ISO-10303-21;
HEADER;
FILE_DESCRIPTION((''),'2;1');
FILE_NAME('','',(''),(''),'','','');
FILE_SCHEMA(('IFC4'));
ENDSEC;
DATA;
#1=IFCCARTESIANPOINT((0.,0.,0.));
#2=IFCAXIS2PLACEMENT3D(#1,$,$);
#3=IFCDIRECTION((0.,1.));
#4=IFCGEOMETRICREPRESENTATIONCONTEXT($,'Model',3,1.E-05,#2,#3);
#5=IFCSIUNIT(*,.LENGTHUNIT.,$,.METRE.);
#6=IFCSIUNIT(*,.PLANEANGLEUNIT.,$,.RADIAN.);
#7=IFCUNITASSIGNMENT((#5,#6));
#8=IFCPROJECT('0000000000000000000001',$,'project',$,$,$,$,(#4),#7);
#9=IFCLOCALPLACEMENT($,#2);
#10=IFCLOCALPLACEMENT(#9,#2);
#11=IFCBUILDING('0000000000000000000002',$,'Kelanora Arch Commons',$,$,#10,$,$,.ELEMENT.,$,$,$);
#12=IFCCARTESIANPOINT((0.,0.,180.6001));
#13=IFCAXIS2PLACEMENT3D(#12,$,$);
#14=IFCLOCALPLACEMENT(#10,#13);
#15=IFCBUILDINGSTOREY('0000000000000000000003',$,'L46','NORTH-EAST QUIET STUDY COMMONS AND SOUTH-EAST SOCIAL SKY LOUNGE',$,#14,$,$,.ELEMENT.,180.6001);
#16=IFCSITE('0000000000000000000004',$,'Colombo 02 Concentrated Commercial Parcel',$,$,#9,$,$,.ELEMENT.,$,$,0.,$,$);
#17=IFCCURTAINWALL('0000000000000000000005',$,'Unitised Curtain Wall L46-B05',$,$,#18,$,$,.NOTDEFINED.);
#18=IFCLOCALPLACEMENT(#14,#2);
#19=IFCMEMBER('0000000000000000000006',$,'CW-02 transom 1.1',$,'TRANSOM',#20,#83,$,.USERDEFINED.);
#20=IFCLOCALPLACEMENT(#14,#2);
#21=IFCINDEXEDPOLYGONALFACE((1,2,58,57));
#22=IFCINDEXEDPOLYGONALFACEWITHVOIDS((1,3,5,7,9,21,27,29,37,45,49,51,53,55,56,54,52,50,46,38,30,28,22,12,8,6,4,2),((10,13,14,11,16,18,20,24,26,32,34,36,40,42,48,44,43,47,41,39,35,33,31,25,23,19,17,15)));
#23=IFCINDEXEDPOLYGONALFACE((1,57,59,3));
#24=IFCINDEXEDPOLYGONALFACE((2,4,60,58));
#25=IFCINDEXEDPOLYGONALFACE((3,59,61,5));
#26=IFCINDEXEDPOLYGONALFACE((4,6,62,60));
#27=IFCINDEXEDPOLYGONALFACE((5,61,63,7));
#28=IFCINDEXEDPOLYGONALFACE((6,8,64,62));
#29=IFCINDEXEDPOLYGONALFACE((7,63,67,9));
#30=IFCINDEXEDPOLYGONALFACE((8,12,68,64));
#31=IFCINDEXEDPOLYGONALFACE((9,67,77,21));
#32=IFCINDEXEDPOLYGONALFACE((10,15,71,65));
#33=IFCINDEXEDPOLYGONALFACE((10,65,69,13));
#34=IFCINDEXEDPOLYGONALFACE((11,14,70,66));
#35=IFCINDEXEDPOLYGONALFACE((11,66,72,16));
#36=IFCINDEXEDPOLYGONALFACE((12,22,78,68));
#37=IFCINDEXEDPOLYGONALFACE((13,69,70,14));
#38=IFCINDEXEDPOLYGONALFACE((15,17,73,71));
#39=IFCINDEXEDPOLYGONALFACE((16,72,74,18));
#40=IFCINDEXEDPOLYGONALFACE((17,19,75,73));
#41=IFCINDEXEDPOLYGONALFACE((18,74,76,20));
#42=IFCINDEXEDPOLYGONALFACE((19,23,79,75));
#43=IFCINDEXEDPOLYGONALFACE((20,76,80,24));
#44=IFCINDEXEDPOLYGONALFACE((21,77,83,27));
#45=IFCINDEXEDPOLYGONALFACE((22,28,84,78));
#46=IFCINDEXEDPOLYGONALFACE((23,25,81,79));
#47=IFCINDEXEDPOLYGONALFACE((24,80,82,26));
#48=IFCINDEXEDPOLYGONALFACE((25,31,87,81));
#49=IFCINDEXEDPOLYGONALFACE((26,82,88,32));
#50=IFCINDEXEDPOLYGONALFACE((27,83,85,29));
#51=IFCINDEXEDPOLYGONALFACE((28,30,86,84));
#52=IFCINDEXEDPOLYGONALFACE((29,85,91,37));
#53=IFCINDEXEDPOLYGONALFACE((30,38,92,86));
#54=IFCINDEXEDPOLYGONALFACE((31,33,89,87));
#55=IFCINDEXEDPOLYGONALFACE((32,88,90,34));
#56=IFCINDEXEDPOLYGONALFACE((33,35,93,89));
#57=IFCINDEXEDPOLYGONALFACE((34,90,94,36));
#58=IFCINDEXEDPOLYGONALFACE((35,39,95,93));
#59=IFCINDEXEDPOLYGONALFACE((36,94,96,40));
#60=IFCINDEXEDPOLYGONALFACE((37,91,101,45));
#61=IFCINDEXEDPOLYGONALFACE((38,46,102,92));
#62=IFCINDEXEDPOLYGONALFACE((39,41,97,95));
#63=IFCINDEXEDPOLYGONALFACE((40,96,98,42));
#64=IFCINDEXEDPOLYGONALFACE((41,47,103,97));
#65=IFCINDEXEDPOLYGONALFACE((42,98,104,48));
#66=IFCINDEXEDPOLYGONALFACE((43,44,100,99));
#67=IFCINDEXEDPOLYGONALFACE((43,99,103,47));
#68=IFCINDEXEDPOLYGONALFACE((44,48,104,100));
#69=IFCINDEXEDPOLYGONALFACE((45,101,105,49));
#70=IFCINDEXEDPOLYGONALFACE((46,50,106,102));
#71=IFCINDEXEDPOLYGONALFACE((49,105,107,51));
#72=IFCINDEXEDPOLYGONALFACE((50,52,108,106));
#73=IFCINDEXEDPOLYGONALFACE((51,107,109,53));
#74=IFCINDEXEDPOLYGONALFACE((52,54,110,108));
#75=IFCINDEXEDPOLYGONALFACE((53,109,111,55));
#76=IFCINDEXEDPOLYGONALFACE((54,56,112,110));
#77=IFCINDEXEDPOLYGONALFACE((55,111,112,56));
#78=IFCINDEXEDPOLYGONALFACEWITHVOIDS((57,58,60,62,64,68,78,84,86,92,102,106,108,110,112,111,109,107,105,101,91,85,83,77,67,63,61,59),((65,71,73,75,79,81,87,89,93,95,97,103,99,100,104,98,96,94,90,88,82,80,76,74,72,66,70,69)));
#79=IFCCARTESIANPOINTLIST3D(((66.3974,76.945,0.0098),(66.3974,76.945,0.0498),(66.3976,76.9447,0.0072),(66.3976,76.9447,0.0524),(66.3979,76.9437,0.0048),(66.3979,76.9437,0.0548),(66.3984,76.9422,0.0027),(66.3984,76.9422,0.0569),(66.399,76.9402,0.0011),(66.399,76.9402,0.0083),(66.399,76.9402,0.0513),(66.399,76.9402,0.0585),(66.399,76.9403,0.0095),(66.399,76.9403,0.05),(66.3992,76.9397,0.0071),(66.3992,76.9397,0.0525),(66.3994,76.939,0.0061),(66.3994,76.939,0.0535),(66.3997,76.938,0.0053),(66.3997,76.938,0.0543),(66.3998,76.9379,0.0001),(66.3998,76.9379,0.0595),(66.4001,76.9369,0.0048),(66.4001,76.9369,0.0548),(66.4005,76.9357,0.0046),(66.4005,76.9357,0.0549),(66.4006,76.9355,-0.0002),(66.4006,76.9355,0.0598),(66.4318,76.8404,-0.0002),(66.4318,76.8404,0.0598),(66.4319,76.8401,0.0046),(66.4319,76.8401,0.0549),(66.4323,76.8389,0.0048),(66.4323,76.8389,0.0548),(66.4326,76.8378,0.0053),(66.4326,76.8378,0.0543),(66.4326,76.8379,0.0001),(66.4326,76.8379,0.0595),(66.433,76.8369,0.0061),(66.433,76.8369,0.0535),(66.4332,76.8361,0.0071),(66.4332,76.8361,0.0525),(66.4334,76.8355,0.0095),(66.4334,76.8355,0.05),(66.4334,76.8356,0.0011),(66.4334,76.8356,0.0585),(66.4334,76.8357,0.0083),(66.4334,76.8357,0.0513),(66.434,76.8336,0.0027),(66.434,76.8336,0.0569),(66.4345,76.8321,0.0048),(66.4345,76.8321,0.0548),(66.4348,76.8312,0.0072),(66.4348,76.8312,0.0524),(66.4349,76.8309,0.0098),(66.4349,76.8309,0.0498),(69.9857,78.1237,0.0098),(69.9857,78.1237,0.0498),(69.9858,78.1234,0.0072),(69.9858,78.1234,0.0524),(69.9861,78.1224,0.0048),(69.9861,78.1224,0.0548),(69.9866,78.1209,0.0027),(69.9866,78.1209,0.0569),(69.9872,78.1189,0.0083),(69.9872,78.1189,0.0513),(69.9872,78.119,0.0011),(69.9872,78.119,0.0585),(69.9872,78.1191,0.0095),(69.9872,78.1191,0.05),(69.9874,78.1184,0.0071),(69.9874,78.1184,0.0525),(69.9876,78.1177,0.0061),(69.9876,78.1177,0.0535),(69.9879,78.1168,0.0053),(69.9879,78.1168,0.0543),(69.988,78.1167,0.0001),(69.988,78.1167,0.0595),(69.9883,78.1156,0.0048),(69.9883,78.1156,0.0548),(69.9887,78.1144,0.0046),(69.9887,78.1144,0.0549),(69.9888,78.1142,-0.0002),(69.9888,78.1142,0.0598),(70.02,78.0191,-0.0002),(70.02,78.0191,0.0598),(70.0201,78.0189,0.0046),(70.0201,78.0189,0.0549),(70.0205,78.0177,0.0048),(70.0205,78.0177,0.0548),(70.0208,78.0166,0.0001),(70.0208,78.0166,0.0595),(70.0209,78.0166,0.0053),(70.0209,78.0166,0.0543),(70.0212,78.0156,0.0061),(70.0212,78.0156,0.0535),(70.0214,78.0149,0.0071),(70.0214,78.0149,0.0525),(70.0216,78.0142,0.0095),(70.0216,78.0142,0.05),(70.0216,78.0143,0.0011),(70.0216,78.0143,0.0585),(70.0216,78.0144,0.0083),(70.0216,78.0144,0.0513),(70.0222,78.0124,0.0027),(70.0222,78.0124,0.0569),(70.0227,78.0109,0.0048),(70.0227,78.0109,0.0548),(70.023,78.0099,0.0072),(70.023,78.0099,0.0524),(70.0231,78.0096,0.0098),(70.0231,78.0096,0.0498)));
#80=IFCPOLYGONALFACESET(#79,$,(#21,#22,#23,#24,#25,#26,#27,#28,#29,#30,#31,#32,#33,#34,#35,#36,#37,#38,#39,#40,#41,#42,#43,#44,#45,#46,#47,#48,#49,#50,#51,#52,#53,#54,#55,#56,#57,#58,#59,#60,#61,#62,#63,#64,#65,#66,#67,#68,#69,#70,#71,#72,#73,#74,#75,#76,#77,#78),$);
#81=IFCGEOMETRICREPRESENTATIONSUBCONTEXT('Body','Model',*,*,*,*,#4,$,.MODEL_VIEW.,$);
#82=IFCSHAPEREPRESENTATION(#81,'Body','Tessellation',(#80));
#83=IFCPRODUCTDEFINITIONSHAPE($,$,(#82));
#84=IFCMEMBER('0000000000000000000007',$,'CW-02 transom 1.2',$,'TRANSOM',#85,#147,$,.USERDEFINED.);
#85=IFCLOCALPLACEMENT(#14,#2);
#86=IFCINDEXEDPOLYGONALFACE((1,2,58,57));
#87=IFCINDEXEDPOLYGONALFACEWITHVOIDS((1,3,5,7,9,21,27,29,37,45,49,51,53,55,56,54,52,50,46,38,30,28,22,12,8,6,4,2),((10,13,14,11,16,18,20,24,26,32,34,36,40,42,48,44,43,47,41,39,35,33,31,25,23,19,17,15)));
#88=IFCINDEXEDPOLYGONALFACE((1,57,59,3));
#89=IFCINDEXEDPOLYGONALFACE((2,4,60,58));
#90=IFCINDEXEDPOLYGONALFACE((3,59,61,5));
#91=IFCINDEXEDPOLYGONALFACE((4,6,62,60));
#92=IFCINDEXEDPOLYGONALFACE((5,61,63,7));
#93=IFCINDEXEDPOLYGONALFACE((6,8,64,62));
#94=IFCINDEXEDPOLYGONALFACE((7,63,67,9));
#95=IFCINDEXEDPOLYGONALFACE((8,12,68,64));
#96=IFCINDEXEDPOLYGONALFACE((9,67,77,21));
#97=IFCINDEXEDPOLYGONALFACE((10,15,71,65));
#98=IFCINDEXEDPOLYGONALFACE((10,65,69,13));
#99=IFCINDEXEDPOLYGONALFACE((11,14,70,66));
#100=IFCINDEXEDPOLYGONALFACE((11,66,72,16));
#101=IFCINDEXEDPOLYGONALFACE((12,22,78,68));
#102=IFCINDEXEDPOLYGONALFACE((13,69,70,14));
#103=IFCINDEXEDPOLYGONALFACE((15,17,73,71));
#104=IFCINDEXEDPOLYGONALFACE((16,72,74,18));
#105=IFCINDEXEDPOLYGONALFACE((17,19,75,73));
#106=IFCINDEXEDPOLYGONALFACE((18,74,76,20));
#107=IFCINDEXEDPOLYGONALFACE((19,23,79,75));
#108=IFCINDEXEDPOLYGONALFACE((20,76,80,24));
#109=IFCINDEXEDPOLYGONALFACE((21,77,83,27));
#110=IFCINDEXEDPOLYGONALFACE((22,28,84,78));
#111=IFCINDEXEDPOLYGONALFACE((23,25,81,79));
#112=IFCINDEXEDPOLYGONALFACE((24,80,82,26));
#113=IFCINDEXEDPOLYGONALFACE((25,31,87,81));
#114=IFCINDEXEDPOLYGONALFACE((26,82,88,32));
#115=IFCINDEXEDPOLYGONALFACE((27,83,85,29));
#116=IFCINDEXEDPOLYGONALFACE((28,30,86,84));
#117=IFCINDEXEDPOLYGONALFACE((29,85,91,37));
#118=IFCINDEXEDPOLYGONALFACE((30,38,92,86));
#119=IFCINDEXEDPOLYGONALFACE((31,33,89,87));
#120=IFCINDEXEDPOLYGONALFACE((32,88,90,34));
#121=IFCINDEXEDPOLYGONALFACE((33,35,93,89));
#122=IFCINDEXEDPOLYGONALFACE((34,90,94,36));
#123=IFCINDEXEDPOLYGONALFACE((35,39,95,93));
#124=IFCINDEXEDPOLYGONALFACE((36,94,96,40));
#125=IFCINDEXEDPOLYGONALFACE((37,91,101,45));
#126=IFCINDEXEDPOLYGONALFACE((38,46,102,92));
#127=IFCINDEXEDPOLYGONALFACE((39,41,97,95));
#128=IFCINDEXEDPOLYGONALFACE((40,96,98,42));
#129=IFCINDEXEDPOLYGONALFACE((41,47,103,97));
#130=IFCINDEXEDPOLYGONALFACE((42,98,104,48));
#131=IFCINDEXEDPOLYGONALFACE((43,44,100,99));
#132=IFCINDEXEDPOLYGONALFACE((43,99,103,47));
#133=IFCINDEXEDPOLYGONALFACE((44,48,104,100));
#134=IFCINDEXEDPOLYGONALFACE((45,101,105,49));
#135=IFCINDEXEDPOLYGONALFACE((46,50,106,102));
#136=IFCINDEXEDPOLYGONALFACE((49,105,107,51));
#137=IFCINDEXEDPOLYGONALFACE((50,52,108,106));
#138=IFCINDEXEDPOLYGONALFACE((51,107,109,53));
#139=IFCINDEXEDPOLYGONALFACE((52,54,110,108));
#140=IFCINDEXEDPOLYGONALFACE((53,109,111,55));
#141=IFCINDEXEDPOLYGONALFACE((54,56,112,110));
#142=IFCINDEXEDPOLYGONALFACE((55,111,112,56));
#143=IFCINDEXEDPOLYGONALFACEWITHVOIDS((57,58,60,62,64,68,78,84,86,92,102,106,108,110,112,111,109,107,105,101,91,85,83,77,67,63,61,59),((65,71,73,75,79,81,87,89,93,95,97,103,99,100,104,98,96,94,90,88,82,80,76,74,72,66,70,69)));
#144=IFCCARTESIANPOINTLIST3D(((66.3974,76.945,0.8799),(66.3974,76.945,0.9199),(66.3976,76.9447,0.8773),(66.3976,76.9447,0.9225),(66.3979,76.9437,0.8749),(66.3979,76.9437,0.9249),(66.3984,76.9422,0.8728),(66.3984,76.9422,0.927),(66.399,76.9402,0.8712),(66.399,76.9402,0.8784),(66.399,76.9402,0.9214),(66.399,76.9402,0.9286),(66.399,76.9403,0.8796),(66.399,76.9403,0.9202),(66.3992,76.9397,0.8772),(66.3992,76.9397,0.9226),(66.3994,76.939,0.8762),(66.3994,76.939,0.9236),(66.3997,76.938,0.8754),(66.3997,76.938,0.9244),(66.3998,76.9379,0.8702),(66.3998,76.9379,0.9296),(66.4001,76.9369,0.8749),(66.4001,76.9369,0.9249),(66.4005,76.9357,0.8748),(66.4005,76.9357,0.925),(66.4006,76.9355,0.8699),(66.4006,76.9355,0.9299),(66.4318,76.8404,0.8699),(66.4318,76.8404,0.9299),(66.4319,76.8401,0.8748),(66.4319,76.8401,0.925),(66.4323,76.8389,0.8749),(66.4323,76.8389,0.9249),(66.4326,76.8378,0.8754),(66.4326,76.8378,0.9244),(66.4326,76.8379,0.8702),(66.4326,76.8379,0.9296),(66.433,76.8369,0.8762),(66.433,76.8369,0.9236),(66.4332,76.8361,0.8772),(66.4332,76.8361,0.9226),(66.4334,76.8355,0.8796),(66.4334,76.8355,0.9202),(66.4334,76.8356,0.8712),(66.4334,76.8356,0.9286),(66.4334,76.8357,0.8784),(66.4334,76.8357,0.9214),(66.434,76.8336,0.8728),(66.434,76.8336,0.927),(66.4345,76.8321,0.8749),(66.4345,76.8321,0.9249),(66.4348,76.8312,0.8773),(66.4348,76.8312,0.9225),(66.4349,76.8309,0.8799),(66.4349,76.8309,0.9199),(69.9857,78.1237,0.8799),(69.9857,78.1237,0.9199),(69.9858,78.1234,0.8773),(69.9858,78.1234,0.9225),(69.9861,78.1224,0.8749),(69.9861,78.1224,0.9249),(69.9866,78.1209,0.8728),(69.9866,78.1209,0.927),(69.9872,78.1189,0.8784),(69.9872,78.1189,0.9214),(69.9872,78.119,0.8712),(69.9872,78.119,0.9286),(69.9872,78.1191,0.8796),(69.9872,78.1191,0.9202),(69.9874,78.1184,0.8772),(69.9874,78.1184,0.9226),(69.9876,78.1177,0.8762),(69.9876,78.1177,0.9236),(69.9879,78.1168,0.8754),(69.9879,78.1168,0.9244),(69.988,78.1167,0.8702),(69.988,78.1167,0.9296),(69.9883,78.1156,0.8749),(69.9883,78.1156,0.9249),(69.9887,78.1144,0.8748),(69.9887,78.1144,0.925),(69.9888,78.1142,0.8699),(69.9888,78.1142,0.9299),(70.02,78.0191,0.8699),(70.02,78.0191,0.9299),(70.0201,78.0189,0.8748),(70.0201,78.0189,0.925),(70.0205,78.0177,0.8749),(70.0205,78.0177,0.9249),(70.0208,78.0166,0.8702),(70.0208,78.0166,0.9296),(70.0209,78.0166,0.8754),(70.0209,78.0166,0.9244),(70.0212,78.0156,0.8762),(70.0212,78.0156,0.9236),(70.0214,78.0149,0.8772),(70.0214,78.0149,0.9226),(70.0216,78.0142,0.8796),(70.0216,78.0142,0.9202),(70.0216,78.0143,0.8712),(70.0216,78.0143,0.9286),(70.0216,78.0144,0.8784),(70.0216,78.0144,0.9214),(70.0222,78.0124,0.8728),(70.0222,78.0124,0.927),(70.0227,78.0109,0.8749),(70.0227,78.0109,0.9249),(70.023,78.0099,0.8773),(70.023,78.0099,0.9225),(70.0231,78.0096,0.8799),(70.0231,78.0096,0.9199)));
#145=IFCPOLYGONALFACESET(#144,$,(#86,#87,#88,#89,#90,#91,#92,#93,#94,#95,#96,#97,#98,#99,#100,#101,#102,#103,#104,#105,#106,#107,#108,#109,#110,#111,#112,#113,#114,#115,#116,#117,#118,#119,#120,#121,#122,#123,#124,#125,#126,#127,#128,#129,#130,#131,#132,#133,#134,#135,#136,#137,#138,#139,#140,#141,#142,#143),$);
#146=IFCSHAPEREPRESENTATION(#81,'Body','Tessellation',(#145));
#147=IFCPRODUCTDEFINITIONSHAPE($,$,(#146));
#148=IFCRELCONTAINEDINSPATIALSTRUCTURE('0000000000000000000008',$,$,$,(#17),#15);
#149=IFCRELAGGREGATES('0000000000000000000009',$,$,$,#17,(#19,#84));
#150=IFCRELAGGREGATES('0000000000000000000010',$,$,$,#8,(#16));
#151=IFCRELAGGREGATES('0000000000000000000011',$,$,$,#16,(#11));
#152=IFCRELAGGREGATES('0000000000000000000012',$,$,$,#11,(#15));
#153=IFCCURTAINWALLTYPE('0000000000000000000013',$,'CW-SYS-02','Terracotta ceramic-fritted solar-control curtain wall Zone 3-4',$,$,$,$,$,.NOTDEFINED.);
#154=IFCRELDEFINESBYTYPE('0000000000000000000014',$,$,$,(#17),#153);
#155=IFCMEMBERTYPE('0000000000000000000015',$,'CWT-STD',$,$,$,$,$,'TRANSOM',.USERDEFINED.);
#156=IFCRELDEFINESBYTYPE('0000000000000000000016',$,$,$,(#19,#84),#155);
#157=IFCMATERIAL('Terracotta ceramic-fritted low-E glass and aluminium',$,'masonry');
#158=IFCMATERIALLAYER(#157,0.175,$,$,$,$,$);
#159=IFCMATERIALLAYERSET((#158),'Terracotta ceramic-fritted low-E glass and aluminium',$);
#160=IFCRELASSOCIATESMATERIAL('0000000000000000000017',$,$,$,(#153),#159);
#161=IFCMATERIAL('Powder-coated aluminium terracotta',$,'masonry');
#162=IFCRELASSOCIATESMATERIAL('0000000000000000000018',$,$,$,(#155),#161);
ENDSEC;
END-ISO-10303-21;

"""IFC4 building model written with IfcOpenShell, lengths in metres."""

from ifc_helpers import new_model, si_unit, direction, frame, origin, origin_2d, place, context, subcontext, project, spatial, hollow_rectangle, extrude, material, layer, layer_set, material_profile, profile_set, type_object, element, aggregate, save


model = new_model("IFC4")

# Units and contexts
model_context = context("Model", 3, precision=1e-05, world=origin(), true_north=direction((0.0, 1.0)))
body_context = subcontext(model_context, "Body", "Model", "MODEL_VIEW")
ifc_project = project(units=[si_unit("LENGTHUNIT", "METRE"), si_unit("PLANEANGLEUNIT", "RADIAN")], contexts=[model_context])

# Site, building, storey
site_placement = place(None, origin())
site = spatial("IfcSite", under=ifc_project, at=site_placement, Name="Colombo 02 Concentrated Commercial Parcel", CompositionType="ELEMENT", RefElevation=0.0)
building_placement = place(site_placement, origin())
building = spatial("IfcBuilding", under=site, at=building_placement, Name="Kelanora Arch Commons", CompositionType="ELEMENT")
storey_placement = place(building_placement, frame((0.0, 0.0, 180.6001)))
storey = spatial("IfcBuildingStorey", under=building, at=storey_placement, Name="L46", Description="NORTH-EAST QUIET STUDY COMMONS AND SOUTH-EAST SOCIAL SKY LOUNGE", CompositionType="ELEMENT", Elevation=180.6001)

# Curtain wall, members
ifc_material_1 = material(Name="Terracotta ceramic-fritted low-E glass and aluminium", Category="masonry")
ifc_layer_1 = layer(ifc_material_1, 0.175)
ifc_layer_set_1 = layer_set([ifc_layer_1], Name="Terracotta ceramic-fritted low-E glass and aluminium")
curtain_wall_type = type_object("IfcCurtainWallType", Name="CW-SYS-02", Description="Terracotta ceramic-fritted solar-control curtain wall Zone 3-4", PredefinedType="NOTDEFINED", material=ifc_layer_set_1)
curtain_wall_placement = place(storey_placement, origin())
curtain_wall = element("IfcCurtainWall", 1, at=curtain_wall_placement, inside=storey, type_object=curtain_wall_type, Name="Unitised Curtain Wall L46-B05", PredefinedType="NOTDEFINED")
ifc_material_2 = material(Name="Powder-coated aluminium terracotta", Category="masonry")
ifc_material_profile_1 = material_profile(ifc_material_2, hollow_rectangle(XDim=0.1201, YDim=0.0601, WallThickness=0.0049, InnerFilletRadius=0.0049, OuterFilletRadius=0.01, at=origin_2d()), Name="CWT120x60")
ifc_profile_set_1 = profile_set([ifc_material_profile_1], Name="Powder-coated aluminium terracotta")
member_type_1 = type_object("IfcMemberType", Name="CWT-STD", ElementType="TRANSOM", PredefinedType="USERDEFINED", material=ifc_profile_set_1)
member_1_placement = place(storey_placement, frame((70.0044, 78.0667, 0.0298), z_axis=(-0.950051, -0.312094, 0.0), x_axis=(0.312094, -0.950051, 0.0)))
member_1 = element("IfcMember", 2, at=member_1_placement, type_object=member_type_1, Name="CW-02 transom 1.1", ObjectType="TRANSOM", PredefinedType="USERDEFINED", context=body_context, shape_type="SweptSolid", body=[
    extrude(hollow_rectangle(XDim=0.1201, YDim=0.0601, WallThickness=0.0049, InnerFilletRadius=0.0049, OuterFilletRadius=0.01, at=origin_2d()), origin(), (0.0, 0.0, 1.0), 3.7769),
])
member_2_placement = place(storey_placement, frame((70.0044, 78.0667, 0.8999), z_axis=(-0.950051, -0.312094, 0.0), x_axis=(0.312094, -0.950051, 0.0)))
member_2 = element("IfcMember", 3, at=member_2_placement, type_object=member_type_1, Name="CW-02 transom 1.2", ObjectType="TRANSOM", PredefinedType="USERDEFINED", context=body_context, shape_type="SweptSolid", body=[
    extrude(hollow_rectangle(XDim=0.1201, YDim=0.0601, WallThickness=0.0049, InnerFilletRadius=0.0049, OuterFilletRadius=0.01, at=origin_2d()), origin(), (0.0, 0.0, 1.0), 3.7769),
])
aggregate(curtain_wall, [member_1, member_2])

save(model, "model.ifc")
